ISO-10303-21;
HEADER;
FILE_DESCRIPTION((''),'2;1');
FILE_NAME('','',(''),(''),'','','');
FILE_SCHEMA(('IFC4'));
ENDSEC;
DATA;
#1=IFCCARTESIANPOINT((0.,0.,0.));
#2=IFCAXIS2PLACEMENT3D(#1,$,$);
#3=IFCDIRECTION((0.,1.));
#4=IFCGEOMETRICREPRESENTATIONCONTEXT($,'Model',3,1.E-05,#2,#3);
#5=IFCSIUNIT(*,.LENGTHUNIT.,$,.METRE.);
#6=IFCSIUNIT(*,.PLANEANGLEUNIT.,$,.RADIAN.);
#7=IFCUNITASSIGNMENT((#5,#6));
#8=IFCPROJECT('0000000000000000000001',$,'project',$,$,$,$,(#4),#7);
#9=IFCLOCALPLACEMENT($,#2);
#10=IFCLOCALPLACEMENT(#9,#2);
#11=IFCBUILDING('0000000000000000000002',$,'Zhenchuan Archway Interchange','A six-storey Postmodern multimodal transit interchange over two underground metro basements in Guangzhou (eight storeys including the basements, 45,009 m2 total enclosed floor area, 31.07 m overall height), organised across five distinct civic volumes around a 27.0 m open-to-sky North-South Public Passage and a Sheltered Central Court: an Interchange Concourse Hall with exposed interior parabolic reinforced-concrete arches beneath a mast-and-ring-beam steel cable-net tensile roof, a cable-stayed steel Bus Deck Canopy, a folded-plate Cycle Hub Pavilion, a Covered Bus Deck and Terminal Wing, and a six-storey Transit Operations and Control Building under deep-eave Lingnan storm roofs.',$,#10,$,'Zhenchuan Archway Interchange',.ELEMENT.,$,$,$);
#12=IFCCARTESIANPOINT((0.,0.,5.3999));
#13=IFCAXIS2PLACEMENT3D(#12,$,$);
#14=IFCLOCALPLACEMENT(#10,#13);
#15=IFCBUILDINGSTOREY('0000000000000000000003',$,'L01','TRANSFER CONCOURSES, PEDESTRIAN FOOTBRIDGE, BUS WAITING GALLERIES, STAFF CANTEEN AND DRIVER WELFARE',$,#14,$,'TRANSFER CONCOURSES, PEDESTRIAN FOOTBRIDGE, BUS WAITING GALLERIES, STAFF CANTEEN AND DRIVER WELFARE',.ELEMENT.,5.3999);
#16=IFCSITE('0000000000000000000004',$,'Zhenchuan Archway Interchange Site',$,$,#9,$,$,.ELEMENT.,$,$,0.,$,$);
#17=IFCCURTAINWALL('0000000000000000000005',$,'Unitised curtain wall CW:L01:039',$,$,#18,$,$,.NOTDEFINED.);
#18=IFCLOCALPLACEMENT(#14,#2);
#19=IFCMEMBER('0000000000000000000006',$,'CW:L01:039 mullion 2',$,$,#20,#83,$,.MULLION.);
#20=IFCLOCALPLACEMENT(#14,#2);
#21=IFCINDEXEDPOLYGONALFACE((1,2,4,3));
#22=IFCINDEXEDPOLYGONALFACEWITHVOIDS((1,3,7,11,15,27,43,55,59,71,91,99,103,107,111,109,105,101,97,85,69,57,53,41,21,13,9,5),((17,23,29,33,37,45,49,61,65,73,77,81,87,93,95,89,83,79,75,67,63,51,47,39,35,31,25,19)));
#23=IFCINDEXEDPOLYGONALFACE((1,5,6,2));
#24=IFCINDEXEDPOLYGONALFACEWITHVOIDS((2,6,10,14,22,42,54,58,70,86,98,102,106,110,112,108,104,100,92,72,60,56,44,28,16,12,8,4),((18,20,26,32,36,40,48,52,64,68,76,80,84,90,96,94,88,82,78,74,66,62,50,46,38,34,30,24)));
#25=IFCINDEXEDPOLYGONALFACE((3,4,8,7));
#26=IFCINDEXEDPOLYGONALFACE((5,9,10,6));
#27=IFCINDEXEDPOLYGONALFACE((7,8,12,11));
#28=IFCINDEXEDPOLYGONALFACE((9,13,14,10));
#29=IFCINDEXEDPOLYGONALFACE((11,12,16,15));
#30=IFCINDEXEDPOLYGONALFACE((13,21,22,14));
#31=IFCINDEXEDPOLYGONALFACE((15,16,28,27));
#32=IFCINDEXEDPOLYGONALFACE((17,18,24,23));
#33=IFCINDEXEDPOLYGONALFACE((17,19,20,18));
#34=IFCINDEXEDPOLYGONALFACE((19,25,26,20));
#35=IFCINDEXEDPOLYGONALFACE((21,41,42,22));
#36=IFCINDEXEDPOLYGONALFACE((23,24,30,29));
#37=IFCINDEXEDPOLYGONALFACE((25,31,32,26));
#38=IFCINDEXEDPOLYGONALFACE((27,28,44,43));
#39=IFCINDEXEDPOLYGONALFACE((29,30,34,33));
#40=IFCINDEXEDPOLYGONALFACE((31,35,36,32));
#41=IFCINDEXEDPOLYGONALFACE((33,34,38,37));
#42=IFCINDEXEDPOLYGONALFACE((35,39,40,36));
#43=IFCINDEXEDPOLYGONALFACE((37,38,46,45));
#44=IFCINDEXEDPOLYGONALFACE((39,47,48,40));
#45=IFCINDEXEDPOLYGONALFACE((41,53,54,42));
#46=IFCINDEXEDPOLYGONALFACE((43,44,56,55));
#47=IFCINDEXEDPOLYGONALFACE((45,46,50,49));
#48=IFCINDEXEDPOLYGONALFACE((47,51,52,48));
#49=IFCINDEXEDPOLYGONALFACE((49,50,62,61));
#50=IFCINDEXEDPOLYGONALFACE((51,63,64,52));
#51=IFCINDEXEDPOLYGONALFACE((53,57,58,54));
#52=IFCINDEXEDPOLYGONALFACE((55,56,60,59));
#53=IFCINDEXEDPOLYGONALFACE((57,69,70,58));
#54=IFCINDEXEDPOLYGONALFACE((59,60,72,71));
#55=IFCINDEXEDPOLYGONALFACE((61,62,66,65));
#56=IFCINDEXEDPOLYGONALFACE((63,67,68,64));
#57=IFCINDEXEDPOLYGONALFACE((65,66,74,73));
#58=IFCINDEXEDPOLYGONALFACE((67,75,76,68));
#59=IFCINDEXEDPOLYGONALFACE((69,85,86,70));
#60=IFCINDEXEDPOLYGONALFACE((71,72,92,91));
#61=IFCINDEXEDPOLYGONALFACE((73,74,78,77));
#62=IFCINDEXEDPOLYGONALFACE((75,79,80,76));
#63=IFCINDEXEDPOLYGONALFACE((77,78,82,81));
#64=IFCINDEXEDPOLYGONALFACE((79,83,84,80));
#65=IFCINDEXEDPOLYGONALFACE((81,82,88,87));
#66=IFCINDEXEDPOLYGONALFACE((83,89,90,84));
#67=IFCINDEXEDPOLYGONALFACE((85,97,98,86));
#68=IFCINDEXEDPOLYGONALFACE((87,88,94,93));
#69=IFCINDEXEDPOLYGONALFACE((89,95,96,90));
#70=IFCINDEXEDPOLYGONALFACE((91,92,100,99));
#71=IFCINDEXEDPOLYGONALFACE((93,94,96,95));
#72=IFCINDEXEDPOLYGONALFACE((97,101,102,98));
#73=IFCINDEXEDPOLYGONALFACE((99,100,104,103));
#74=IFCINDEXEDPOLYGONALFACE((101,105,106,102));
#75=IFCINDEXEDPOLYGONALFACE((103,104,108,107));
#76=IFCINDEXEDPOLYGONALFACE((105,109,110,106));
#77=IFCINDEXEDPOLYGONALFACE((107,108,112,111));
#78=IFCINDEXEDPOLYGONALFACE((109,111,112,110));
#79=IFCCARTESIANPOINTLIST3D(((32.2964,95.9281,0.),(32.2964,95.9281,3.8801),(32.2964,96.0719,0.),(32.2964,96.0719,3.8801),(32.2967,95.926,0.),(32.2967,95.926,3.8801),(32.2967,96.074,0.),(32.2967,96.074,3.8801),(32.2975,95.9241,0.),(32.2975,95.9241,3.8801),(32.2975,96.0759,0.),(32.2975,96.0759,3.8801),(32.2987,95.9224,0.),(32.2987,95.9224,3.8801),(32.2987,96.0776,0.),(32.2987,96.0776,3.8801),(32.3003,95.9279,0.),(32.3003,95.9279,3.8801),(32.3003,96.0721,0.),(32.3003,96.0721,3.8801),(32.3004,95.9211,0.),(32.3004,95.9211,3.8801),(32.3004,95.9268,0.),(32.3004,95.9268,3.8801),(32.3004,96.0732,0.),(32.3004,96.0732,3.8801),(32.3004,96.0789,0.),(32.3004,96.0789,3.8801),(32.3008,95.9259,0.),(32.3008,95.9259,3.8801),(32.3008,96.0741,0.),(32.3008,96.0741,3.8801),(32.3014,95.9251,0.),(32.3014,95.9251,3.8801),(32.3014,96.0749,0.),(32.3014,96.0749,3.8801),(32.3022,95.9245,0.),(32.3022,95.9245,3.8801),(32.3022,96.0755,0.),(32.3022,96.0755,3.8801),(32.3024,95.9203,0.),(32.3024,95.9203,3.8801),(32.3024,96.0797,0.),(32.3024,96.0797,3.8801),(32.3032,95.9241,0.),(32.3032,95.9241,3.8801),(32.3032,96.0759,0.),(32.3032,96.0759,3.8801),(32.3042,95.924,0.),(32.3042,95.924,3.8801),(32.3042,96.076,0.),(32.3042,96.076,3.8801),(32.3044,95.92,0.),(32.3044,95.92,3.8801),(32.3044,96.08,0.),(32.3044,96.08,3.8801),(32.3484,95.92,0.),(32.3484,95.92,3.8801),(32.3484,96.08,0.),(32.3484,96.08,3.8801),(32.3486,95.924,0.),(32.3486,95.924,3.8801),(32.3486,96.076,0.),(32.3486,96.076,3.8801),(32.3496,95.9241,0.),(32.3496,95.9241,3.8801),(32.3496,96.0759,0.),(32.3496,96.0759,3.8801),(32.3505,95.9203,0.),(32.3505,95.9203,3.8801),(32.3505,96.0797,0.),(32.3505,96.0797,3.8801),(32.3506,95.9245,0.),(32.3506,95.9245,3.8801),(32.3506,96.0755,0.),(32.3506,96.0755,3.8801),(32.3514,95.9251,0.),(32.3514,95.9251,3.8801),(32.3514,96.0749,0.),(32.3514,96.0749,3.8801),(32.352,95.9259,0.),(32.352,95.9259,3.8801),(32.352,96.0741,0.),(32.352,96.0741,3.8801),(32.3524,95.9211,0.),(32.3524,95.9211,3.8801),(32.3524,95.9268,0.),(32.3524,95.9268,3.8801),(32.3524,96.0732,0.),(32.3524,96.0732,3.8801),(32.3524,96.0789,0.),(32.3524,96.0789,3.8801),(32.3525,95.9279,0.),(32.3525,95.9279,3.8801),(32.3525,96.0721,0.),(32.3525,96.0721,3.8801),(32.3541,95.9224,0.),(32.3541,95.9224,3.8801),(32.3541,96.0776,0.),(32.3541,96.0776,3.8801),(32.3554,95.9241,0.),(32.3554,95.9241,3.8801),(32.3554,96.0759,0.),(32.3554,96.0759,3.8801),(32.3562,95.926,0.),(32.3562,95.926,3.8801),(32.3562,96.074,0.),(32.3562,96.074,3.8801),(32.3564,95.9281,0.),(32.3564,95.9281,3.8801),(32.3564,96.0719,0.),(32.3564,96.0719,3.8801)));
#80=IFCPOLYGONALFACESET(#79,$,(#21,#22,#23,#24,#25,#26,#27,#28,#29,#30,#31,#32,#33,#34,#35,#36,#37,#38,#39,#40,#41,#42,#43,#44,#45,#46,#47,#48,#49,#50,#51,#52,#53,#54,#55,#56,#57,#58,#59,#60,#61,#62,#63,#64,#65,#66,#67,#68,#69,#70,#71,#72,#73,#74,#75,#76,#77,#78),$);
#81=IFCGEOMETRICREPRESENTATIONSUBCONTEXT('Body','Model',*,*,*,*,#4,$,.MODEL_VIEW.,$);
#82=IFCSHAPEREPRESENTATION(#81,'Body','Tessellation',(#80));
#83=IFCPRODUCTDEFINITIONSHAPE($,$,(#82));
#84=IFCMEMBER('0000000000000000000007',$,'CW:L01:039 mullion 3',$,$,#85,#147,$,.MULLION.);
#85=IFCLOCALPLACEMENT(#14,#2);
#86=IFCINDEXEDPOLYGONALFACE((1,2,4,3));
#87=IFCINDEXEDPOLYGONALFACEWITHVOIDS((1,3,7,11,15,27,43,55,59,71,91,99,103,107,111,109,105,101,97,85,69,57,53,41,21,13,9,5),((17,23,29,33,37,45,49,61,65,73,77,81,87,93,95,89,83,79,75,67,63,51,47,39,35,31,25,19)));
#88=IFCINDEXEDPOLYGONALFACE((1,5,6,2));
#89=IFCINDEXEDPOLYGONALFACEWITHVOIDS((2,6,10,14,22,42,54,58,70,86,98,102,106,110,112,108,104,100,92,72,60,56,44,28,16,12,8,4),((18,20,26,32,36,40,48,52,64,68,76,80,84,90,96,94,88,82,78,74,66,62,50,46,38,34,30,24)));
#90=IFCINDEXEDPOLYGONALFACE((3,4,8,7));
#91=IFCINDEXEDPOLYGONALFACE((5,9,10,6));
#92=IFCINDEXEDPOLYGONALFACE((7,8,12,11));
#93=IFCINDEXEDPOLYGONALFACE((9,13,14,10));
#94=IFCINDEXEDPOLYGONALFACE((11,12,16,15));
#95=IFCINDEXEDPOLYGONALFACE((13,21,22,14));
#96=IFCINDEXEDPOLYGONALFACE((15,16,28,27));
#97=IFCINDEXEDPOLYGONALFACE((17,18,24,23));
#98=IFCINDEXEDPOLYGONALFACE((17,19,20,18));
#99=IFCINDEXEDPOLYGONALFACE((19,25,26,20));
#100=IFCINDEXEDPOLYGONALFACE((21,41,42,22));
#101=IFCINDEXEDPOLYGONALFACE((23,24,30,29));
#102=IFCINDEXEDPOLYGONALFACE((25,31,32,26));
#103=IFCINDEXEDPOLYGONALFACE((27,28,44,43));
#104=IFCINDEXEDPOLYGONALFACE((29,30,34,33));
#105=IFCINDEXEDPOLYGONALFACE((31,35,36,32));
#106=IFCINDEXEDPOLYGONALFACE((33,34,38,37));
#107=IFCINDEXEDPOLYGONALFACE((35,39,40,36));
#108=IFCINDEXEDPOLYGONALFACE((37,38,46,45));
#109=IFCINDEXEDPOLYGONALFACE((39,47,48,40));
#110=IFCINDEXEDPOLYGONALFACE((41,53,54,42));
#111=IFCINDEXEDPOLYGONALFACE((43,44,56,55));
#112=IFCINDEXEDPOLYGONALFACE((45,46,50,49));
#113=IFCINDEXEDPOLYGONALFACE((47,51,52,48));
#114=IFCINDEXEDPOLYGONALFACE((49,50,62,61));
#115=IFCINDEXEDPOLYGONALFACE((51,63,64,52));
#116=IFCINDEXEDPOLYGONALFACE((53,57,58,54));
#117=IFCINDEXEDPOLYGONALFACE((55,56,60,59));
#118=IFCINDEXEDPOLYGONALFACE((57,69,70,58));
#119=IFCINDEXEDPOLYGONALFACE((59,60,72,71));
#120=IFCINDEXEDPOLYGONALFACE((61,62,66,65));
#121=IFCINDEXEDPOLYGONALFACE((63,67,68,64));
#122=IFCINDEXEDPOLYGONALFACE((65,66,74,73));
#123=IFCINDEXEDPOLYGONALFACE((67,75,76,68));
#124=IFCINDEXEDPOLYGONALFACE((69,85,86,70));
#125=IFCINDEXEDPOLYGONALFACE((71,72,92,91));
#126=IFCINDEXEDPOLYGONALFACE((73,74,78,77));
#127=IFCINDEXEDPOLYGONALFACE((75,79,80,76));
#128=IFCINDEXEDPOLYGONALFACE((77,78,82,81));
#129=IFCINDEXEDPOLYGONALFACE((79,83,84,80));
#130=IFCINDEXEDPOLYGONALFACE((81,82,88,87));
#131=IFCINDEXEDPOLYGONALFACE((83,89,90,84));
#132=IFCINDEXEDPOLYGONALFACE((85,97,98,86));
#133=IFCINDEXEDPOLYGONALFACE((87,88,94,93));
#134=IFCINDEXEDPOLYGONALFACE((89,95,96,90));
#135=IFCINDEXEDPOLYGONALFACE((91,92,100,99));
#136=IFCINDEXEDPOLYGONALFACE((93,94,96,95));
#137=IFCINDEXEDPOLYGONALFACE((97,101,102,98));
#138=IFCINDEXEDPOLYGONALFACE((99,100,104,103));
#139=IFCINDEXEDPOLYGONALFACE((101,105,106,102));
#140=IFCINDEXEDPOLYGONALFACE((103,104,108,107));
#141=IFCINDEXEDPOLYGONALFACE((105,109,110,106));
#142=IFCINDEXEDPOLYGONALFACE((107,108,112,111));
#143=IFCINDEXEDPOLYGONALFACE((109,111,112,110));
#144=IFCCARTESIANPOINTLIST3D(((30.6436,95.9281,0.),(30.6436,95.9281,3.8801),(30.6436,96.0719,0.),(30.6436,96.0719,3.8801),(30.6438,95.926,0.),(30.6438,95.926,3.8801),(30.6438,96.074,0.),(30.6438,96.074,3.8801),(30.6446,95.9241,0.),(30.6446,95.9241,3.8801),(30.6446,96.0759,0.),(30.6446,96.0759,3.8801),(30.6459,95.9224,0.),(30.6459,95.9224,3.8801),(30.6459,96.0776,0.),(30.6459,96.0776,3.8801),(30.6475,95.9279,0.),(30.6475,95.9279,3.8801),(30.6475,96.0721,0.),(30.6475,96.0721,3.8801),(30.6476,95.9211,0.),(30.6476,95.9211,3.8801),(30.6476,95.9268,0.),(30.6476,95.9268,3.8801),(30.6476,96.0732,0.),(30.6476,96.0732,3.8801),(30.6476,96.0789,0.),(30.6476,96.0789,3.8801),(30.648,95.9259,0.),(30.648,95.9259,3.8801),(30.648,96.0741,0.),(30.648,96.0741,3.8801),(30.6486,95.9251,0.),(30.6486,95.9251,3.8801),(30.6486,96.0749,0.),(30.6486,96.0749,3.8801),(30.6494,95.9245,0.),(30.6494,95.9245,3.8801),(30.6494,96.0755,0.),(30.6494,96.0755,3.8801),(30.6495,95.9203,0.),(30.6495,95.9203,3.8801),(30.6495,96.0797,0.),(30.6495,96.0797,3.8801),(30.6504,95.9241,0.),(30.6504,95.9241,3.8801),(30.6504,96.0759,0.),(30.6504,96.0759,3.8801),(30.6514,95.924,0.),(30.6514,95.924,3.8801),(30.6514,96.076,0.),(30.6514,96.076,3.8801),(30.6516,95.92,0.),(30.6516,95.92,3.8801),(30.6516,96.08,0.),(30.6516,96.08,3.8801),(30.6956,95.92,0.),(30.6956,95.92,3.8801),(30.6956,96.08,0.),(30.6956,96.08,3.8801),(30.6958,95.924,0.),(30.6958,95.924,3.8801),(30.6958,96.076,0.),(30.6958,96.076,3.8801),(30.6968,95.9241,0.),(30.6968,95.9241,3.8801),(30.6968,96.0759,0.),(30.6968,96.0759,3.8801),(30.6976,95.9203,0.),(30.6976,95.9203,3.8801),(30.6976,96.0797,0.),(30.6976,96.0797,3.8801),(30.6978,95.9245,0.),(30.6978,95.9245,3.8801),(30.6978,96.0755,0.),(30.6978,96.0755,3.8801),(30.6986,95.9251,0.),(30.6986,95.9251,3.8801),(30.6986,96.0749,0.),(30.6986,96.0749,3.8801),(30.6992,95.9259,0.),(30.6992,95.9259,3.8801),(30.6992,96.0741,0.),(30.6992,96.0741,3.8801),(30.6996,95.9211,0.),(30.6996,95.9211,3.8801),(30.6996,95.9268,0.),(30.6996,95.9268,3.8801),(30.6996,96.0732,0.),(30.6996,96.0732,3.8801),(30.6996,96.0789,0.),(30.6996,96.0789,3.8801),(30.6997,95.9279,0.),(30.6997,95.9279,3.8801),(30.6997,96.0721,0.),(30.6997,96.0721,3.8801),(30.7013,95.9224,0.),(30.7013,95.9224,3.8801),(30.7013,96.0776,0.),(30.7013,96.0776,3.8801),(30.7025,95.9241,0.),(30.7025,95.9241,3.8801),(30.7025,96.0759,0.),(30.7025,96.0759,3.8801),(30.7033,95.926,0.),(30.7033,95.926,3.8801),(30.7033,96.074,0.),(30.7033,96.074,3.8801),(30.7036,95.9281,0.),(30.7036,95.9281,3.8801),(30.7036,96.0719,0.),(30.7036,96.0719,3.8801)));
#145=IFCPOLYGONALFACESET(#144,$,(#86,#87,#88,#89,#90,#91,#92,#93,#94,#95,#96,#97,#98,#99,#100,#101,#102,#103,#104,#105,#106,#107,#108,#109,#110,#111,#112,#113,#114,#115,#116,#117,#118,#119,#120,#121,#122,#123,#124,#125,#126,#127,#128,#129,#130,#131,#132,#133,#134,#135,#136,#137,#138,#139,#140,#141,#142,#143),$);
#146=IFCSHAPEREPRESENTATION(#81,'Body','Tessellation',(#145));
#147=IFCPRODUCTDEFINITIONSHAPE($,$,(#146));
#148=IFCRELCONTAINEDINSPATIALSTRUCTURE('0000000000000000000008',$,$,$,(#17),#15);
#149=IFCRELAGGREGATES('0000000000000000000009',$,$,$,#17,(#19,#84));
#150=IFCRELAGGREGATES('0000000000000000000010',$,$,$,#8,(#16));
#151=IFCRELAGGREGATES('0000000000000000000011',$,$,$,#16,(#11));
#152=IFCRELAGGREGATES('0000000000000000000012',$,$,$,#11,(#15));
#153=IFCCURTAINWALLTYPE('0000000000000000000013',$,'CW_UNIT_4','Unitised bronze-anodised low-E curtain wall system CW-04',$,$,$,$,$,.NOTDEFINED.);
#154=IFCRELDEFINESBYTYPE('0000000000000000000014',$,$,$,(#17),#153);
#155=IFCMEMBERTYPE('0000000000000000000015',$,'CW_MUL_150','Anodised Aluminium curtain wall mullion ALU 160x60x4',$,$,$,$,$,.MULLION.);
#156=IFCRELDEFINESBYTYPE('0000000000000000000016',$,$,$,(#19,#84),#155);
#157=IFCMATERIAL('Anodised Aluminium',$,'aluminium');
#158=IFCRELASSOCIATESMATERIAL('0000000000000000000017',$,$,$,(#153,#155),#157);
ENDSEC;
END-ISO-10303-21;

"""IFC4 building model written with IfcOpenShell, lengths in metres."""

from ifc_helpers import new_model, si_unit, direction, frame, origin, origin_2d, place, context, subcontext, project, spatial, hollow_rectangle, extrude, material, material_profile, profile_set, type_object, element, aggregate, save


model = new_model("IFC4")

# Units and contexts
model_context = context("Model", 3, precision=1e-05, world=origin(), true_north=direction((0.0, 1.0)))
body_context = subcontext(model_context, "Body", "Model", "MODEL_VIEW")
ifc_project = project(units=[si_unit("LENGTHUNIT", "METRE"), si_unit("PLANEANGLEUNIT", "RADIAN")], contexts=[model_context])

# Site, building, storey
site_placement = place(None, origin())
site = spatial("IfcSite", under=ifc_project, at=site_placement, Name="Zhenchuan Archway Interchange Site", CompositionType="ELEMENT", RefElevation=0.0)
building_placement = place(site_placement, origin())
building = spatial("IfcBuilding", under=site, at=building_placement, Name="Zhenchuan Archway Interchange", Description="A six-storey Postmodern multimodal transit interchange over two underground metro basements in Guangzhou (eight storeys including the basements, 45,009 m2 total enclosed floor area, 31.07 m overall height), organised across five distinct civic volumes around a 27.0 m open-to-sky North-South Public Passage and a Sheltered Central Court: an Interchange Concourse Hall with exposed interior parabolic reinforced-concrete arches beneath a mast-and-ring-beam steel cable-net tensile roof, a cable-stayed steel Bus Deck Canopy, a folded-plate Cycle Hub Pavilion, a Covered Bus Deck and Terminal Wing, and a six-storey Transit Operations and Control Building under deep-eave Lingnan storm roofs.", LongName="Zhenchuan Archway Interchange", CompositionType="ELEMENT")
storey_placement = place(building_placement, frame((0.0, 0.0, 5.3999)))
storey = spatial("IfcBuildingStorey", under=building, at=storey_placement, Name="L01", Description="TRANSFER CONCOURSES, PEDESTRIAN FOOTBRIDGE, BUS WAITING GALLERIES, STAFF CANTEEN AND DRIVER WELFARE", LongName="TRANSFER CONCOURSES, PEDESTRIAN FOOTBRIDGE, BUS WAITING GALLERIES, STAFF CANTEEN AND DRIVER WELFARE", CompositionType="ELEMENT", Elevation=5.3999)

# Curtain wall, members
ifc_material_1 = material(Name="Anodised Aluminium", Category="aluminium")
curtain_wall_type = type_object("IfcCurtainWallType", Name="CW_UNIT_4", Description="Unitised bronze-anodised low-E curtain wall system CW-04", PredefinedType="NOTDEFINED", material=ifc_material_1)
curtain_wall_placement = place(storey_placement, origin())
curtain_wall = element("IfcCurtainWall", 1, at=curtain_wall_placement, inside=storey, type_object=curtain_wall_type, Name="Unitised curtain wall CW:L01:039", PredefinedType="NOTDEFINED")
ifc_material_profile_1 = material_profile(ifc_material_1, hollow_rectangle(XDim=0.0601, YDim=0.1599, WallThickness=0.0039, InnerFilletRadius=0.0039, OuterFilletRadius=0.0081, at=origin_2d()), Name="ALU 160x60x4")
ifc_profile_set_1 = profile_set([ifc_material_profile_1], Name="Anodised Aluminium")
member_type_1 = type_object("IfcMemberType", Name="CW_MUL_150", Description="Anodised Aluminium curtain wall mullion ALU 160x60x4", PredefinedType="MULLION", material=ifc_profile_set_1)
member_1_placement = place(storey_placement, frame((32.3264, 96.0, 0.0), z_axis=(0.0, 0.0, 1.0), x_axis=(1.0, 0.0, 0.0)))
member_1 = element("IfcMember", 2, at=member_1_placement, type_object=member_type_1, Name="CW:L01:039 mullion 2", PredefinedType="MULLION", context=body_context, shape_type="SweptSolid", body=[
    extrude(hollow_rectangle(XDim=0.0601, YDim=0.1599, WallThickness=0.0039, InnerFilletRadius=0.0039, OuterFilletRadius=0.0081, at=origin_2d()), origin(), (0.0, 0.0, 1.0), 3.8801),
])
member_2_placement = place(storey_placement, frame((30.6736, 96.0, 0.0), z_axis=(0.0, 0.0, 1.0), x_axis=(1.0, 0.0, 0.0)))
member_2 = element("IfcMember", 3, at=member_2_placement, type_object=member_type_1, Name="CW:L01:039 mullion 3", PredefinedType="MULLION", context=body_context, shape_type="SweptSolid", body=[
    extrude(hollow_rectangle(XDim=0.0601, YDim=0.1599, WallThickness=0.0039, InnerFilletRadius=0.0039, OuterFilletRadius=0.0081, at=origin_2d()), origin(), (0.0, 0.0, 1.0), 3.8801),
])

aggregate(curtain_wall, [member_1, member_2])

save(model, "model.ifc")
